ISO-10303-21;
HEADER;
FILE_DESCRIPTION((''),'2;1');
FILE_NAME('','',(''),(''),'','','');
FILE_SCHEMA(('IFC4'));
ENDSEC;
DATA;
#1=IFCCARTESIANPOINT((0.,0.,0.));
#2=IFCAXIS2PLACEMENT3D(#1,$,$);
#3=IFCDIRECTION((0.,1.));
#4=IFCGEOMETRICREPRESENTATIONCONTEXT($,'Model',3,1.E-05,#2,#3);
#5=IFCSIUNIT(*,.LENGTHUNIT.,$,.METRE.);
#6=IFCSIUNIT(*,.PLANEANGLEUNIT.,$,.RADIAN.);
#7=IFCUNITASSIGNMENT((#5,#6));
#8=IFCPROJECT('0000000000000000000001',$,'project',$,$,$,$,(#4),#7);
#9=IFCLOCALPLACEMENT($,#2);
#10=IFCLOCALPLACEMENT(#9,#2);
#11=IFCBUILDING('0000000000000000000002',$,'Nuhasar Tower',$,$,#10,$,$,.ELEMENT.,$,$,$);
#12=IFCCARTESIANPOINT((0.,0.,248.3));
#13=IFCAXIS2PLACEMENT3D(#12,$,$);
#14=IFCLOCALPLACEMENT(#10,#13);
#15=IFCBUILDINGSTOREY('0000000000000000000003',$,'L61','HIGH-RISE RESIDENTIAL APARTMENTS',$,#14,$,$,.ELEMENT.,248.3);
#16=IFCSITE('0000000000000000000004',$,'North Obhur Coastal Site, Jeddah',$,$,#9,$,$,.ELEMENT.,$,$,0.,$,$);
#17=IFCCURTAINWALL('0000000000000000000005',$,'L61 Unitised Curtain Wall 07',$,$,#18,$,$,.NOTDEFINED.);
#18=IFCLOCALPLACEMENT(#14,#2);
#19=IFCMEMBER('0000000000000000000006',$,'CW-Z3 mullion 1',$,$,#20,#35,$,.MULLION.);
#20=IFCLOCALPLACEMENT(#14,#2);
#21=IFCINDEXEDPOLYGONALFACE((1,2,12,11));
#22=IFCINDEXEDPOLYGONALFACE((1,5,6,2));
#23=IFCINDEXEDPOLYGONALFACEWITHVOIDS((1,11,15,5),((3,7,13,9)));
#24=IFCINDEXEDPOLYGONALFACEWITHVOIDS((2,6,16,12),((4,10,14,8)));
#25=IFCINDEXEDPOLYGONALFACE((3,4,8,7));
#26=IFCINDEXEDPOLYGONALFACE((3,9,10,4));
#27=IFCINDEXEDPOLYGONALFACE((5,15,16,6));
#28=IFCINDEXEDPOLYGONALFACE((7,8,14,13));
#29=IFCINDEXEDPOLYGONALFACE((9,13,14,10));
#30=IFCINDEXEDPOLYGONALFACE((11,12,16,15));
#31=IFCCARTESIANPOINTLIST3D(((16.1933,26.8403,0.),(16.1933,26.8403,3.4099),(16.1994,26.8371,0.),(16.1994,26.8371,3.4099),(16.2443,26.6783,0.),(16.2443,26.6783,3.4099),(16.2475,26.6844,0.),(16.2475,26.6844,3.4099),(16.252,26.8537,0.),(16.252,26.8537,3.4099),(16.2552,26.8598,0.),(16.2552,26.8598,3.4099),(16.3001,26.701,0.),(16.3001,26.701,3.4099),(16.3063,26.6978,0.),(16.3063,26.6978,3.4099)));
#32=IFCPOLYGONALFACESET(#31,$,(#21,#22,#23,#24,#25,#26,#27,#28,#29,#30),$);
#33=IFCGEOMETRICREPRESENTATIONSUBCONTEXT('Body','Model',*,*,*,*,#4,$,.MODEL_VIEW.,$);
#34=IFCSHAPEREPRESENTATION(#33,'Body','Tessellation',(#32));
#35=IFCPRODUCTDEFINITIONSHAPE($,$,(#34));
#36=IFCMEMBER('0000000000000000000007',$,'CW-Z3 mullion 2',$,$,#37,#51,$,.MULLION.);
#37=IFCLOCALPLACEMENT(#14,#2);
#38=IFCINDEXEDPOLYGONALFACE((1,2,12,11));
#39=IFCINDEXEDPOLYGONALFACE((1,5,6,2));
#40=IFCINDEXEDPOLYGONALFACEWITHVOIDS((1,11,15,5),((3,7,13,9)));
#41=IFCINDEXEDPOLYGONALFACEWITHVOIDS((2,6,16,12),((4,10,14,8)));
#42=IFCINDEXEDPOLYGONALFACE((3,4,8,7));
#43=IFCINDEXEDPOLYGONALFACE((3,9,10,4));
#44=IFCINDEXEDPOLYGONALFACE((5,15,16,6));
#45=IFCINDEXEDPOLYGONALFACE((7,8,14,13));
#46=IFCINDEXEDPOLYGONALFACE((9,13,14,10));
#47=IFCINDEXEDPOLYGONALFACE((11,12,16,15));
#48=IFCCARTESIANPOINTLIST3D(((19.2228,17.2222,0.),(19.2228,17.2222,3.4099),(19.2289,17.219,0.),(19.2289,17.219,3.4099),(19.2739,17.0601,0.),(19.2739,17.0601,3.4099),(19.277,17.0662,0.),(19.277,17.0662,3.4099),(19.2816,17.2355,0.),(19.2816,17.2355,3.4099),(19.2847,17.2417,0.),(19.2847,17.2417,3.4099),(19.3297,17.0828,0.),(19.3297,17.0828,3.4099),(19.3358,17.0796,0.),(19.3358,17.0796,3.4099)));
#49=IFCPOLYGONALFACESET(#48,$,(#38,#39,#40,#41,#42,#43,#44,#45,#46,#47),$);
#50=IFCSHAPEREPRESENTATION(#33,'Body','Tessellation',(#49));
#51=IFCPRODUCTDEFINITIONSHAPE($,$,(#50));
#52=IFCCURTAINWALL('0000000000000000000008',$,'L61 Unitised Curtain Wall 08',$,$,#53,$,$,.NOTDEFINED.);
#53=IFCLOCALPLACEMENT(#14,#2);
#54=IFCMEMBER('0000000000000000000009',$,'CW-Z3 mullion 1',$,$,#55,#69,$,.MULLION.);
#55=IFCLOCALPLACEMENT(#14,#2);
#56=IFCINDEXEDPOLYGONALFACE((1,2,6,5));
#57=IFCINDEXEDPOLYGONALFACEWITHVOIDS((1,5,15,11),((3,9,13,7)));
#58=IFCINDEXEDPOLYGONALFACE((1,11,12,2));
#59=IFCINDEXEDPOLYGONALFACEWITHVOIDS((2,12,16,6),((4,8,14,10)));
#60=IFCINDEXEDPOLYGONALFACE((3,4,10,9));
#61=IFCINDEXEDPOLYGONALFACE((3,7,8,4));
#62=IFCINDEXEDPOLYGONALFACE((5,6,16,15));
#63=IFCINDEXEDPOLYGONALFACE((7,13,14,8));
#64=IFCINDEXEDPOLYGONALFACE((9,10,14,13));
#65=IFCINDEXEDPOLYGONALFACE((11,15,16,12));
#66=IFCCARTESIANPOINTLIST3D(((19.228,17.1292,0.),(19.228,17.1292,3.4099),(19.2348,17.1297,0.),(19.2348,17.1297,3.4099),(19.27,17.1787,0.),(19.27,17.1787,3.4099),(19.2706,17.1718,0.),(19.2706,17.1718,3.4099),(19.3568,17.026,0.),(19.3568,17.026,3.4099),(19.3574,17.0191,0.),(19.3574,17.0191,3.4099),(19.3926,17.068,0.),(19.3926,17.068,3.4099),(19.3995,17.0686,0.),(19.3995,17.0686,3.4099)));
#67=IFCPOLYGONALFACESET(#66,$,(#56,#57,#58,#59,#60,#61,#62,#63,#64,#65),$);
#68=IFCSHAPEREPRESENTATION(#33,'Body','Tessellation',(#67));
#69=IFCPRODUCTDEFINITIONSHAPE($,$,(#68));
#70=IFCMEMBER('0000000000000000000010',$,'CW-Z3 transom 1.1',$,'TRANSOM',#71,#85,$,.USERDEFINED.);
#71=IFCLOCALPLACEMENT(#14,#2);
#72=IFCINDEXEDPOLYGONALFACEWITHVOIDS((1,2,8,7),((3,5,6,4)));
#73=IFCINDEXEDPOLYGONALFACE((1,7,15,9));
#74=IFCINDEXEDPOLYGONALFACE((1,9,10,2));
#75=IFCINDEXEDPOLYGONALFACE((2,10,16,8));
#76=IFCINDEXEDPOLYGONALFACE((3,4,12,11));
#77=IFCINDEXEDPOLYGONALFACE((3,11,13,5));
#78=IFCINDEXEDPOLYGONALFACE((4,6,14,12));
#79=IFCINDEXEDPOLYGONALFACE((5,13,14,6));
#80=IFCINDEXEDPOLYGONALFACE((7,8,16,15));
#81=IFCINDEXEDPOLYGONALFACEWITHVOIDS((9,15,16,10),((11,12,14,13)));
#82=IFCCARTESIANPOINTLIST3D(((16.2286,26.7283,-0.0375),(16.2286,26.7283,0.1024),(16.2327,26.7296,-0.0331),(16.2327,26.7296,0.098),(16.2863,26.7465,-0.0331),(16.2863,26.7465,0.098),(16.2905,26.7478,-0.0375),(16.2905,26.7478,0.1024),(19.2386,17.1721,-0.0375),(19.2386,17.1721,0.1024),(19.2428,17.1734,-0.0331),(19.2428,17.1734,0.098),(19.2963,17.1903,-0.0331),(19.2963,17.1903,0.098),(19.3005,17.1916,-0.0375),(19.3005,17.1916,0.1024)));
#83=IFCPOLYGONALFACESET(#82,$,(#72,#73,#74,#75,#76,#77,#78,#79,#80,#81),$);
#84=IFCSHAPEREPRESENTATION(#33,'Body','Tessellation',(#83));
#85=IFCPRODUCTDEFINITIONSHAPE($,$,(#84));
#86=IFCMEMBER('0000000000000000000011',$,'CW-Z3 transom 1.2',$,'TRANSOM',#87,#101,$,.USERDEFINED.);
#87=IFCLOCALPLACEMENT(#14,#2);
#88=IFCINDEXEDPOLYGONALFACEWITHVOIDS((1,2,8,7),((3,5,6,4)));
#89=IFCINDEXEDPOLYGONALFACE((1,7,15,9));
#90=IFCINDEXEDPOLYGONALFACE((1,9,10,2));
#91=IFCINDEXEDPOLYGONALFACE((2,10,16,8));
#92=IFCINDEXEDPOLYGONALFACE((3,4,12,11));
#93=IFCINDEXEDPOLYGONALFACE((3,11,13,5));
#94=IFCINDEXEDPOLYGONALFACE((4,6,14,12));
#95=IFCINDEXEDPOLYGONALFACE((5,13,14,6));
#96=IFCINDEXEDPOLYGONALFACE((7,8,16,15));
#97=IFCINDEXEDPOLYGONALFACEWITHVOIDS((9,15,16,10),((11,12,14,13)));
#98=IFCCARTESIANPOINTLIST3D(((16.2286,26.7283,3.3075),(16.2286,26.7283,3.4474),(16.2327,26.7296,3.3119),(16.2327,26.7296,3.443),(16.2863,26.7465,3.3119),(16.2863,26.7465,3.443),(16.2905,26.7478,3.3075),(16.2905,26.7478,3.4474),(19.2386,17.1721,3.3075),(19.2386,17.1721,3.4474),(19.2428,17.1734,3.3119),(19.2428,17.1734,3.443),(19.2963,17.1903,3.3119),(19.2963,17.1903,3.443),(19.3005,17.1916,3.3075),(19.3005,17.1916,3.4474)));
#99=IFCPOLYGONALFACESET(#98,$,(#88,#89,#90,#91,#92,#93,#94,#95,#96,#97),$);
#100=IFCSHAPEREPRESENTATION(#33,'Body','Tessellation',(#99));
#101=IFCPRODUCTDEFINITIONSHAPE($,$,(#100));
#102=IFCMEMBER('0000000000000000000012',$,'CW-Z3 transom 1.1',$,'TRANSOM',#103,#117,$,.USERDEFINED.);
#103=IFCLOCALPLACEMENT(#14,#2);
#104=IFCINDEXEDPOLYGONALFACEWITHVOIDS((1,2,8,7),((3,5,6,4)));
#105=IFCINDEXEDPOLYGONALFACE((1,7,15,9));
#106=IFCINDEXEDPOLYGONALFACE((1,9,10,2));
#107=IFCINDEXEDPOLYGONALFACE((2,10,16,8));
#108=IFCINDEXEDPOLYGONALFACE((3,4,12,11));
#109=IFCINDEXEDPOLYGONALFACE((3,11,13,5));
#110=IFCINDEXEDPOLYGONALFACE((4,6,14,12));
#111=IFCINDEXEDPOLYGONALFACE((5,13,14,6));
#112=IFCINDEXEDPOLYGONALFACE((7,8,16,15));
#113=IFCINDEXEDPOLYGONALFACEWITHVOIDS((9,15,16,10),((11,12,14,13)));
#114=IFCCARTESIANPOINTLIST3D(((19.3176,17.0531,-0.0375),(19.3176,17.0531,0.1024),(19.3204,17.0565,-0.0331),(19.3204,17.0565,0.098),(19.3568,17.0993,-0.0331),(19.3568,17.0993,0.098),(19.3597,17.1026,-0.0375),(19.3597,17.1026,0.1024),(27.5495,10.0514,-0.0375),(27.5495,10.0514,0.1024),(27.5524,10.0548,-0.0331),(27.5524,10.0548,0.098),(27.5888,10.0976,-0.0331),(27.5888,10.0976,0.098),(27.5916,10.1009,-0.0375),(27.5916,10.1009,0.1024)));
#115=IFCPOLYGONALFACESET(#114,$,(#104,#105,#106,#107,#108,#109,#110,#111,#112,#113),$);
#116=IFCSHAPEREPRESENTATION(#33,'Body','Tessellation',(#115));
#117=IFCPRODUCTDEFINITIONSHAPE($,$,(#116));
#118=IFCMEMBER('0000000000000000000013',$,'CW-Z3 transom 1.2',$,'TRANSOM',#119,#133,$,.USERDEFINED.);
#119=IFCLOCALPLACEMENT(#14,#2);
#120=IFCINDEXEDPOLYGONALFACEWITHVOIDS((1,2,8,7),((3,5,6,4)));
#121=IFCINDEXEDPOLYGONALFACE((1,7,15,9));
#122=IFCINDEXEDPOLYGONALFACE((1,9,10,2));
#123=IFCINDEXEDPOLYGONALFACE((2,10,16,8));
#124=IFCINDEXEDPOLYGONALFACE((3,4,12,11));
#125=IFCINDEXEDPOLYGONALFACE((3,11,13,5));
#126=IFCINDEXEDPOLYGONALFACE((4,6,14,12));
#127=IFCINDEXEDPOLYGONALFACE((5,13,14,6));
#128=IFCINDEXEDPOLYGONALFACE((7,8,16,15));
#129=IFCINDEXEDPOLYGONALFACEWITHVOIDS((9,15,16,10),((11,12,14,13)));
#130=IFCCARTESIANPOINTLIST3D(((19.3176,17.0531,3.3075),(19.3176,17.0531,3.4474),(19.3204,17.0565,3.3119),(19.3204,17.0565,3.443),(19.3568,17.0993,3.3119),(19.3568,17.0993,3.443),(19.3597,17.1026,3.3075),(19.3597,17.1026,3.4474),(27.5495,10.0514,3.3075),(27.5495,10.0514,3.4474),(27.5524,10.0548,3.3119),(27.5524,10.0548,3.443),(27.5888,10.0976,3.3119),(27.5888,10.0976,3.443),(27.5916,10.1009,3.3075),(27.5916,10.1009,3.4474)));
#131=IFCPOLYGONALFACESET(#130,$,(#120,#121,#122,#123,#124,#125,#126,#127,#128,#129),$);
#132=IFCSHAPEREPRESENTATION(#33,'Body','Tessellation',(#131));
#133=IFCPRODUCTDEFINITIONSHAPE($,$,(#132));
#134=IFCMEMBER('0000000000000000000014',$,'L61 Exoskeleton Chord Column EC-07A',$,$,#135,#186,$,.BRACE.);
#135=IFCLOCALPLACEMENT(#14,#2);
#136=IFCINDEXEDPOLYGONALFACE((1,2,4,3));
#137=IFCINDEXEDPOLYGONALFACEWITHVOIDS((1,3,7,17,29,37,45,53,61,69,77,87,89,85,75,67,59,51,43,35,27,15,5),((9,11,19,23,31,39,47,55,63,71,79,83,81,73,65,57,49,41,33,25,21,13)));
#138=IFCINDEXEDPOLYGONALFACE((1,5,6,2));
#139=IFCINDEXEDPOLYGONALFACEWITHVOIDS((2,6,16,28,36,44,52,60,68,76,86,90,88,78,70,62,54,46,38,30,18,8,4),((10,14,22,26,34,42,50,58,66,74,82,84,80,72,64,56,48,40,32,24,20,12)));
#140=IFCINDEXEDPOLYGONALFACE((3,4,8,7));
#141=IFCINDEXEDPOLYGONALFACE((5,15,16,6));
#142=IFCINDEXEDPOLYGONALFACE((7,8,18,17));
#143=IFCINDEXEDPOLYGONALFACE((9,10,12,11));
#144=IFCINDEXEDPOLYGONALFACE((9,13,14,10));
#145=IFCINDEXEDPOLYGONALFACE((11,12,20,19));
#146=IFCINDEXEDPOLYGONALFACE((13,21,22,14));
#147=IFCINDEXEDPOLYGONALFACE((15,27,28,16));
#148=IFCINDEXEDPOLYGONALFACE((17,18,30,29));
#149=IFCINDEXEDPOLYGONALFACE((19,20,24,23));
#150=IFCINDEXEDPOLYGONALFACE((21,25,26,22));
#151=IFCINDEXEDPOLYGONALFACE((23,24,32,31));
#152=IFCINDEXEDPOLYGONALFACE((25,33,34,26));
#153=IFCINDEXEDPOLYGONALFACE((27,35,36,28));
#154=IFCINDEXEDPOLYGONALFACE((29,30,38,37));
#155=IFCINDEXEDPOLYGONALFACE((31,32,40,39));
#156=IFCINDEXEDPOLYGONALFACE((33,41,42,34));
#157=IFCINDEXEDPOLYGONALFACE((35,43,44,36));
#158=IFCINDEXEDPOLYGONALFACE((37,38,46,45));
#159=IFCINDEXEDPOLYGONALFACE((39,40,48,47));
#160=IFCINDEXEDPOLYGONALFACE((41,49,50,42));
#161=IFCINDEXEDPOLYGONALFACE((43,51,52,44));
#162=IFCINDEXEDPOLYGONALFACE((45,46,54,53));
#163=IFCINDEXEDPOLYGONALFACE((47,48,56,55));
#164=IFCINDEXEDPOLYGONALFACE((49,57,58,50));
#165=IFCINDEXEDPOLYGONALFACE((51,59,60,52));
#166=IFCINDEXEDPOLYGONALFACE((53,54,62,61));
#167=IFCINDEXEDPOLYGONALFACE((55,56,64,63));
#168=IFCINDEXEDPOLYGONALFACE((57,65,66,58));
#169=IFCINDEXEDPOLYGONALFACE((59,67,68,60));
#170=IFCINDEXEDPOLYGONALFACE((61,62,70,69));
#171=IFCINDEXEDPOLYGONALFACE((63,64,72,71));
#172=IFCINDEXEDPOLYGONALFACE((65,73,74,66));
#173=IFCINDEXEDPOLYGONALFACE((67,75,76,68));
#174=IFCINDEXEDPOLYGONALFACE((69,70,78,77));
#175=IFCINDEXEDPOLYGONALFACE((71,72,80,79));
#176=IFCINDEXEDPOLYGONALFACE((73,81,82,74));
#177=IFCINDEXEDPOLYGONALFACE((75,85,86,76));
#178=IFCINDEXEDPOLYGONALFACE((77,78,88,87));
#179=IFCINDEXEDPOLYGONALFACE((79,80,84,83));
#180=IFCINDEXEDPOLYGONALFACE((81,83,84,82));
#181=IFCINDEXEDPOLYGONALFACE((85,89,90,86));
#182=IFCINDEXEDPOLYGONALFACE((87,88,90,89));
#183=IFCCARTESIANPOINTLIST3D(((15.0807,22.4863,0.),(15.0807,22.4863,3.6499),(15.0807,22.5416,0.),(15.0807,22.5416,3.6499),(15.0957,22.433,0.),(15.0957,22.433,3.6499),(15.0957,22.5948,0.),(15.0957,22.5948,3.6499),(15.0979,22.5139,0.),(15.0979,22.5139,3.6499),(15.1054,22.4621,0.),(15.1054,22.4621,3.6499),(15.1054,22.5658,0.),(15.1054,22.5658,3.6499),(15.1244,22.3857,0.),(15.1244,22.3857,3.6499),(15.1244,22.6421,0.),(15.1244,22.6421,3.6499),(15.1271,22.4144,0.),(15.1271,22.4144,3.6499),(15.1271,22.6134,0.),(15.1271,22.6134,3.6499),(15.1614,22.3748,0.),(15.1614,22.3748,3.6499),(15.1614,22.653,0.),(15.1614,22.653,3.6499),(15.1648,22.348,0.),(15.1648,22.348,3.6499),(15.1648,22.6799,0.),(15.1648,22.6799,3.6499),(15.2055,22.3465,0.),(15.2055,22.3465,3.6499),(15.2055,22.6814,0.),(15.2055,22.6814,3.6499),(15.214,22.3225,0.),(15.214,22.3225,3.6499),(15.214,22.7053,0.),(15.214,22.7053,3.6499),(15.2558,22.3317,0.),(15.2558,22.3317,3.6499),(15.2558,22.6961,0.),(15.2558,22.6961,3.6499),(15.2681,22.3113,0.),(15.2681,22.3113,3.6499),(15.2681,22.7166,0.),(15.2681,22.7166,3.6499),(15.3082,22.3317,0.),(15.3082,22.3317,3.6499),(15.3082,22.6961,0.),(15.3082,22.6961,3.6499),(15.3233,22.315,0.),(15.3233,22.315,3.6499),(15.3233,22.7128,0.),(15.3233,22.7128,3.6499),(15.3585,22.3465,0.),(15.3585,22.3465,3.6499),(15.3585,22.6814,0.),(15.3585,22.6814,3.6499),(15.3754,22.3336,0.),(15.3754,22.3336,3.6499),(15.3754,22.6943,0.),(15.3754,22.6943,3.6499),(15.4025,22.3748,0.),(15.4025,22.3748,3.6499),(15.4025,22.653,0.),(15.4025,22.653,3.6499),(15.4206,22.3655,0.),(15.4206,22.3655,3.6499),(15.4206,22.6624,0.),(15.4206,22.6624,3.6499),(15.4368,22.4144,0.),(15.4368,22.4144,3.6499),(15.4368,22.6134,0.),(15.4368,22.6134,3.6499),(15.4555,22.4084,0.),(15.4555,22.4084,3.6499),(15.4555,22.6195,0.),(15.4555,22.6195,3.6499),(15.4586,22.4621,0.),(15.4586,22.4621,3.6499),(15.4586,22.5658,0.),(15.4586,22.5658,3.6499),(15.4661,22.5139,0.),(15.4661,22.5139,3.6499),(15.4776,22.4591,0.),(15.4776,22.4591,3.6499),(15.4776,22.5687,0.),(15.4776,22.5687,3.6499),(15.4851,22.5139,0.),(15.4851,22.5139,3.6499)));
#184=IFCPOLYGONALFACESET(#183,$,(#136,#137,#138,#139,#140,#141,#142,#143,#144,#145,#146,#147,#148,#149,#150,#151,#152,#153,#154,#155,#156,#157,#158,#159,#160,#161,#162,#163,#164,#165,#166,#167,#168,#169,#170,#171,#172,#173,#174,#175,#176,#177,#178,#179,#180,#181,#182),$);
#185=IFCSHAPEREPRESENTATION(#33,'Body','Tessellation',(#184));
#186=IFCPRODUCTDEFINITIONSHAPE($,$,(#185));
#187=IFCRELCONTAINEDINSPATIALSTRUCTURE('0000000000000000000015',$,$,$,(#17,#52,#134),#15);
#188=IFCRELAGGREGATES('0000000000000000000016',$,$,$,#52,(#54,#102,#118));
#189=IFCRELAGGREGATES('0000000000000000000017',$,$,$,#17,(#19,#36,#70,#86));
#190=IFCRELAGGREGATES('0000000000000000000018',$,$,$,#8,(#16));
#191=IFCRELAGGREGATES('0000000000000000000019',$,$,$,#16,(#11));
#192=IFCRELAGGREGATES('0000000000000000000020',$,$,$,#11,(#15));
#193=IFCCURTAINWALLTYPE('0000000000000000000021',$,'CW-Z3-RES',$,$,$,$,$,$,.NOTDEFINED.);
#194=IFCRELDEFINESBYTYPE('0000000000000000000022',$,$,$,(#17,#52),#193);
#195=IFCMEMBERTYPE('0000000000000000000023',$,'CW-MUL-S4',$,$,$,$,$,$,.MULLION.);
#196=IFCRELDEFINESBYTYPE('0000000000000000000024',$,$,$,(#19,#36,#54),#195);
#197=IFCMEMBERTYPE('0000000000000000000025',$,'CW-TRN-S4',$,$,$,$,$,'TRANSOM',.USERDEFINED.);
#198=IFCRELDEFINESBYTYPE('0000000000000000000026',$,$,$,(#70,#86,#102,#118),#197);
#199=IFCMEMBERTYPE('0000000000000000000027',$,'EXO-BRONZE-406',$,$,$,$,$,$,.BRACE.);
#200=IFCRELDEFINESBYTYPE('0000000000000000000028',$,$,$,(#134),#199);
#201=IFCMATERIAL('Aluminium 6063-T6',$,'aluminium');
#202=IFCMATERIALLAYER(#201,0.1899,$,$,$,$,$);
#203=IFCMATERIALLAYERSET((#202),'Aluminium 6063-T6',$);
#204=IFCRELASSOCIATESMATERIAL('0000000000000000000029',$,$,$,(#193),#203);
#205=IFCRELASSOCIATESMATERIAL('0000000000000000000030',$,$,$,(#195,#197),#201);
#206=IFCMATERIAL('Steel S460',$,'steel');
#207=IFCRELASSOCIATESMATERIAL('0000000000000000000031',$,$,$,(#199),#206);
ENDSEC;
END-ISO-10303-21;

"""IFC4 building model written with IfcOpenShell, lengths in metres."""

from ifc_helpers import new_model, si_unit, direction, frame, origin, origin_2d, place, context, subcontext, project, spatial, hollow_rectangle, hollow_circle, extrude, material, layer, layer_set, material_profile, profile_set, type_object, element, aggregate, save


model = new_model("IFC4")

# Units and contexts
model_context = context("Model", 3, precision=1e-05, world=origin(), true_north=direction((0.0, 1.0)))
body_context = subcontext(model_context, "Body", "Model", "MODEL_VIEW")
ifc_project = project(units=[si_unit("LENGTHUNIT", "METRE"), si_unit("PLANEANGLEUNIT", "RADIAN")], contexts=[model_context])

# Site, building, storey
site_placement = place(None, origin())
site = spatial("IfcSite", under=ifc_project, at=site_placement, Name="North Obhur Coastal Site, Jeddah", CompositionType="ELEMENT", RefElevation=0.0)
building_placement = place(site_placement, origin())
building = spatial("IfcBuilding", under=site, at=building_placement, Name="Nuhasar Tower", CompositionType="ELEMENT")
storey_placement = place(building_placement, frame((0.0, 0.0, 248.3)))
storey = spatial("IfcBuildingStorey", under=building, at=storey_placement, Name="L61", Description="HIGH-RISE RESIDENTIAL APARTMENTS", CompositionType="ELEMENT", Elevation=248.3)

# Curtain wall, members
ifc_material_1 = material(Name="Aluminium 6063-T6", Category="aluminium")
ifc_layer_1 = layer(ifc_material_1, 0.1899)
ifc_layer_set_1 = layer_set([ifc_layer_1], Name="Aluminium 6063-T6")
curtain_wall_type = type_object("IfcCurtainWallType", Name="CW-Z3-RES", PredefinedType="NOTDEFINED", material=ifc_layer_set_1)
curtain_wall_1_placement = place(storey_placement, origin())
curtain_wall_1 = element("IfcCurtainWall", 1, at=curtain_wall_1_placement, inside=storey, type_object=curtain_wall_type, Name="L61 Unitised Curtain Wall 07", PredefinedType="NOTDEFINED")
ifc_material_profile_1 = material_profile(ifc_material_1, hollow_rectangle(XDim=0.0649, YDim=0.1699, WallThickness=0.0049, at=origin_2d()), Name="CWM-4")
ifc_profile_set_1 = profile_set([ifc_material_profile_1], Name="Aluminium 6063-T6")
member_type_1 = type_object("IfcMemberType", Name="CW-MUL-S4", PredefinedType="MULLION", material=ifc_profile_set_1)
member_1_placement = place(storey_placement, frame((16.2498, 26.769, 0.0), z_axis=(0.0, 0.0, 1.0), x_axis=(0.953804, 0.300429, 0.0)))
member_1 = element("IfcMember", 2, at=member_1_placement, type_object=member_type_1, Name="CW-Z3 mullion 1", PredefinedType="MULLION", context=body_context, shape_type="SweptSolid", body=[
    extrude(hollow_rectangle(XDim=0.0649, YDim=0.1699, WallThickness=0.0049, at=origin_2d()), origin(), (0.0, 0.0, 1.0), 3.4099),
])
member_2_placement = place(storey_placement, frame((19.2793, 17.1509, 0.0), z_axis=(0.0, 0.0, 1.0), x_axis=(0.953804, 0.300429, 0.0)))
member_2 = element("IfcMember", 3, at=member_2_placement, type_object=member_type_1, Name="CW-Z3 mullion 2", PredefinedType="MULLION", context=body_context, shape_type="SweptSolid", body=[
    extrude(hollow_rectangle(XDim=0.0649, YDim=0.1699, WallThickness=0.0049, at=origin_2d()), origin(), (0.0, 0.0, 1.0), 3.4099),
])

# Curtain wall, member
curtain_wall_2_placement = place(storey_placement, origin())
curtain_wall_2 = element("IfcCurtainWall", 4, at=curtain_wall_2_placement, inside=storey, type_object=curtain_wall_type, Name="L61 Unitised Curtain Wall 08", PredefinedType="NOTDEFINED")
member_3_placement = place(storey_placement, frame((19.3137, 17.0989, 0.0), z_axis=(0.0, 0.0, 1.0), x_axis=(0.647895, 0.761729, 0.0)))
member_3 = element("IfcMember", 5, at=member_3_placement, type_object=member_type_1, Name="CW-Z3 mullion 1", PredefinedType="MULLION", context=body_context, shape_type="SweptSolid", body=[
    extrude(hollow_rectangle(XDim=0.0649, YDim=0.1699, WallThickness=0.0049, at=origin_2d()), origin(), (0.0, 0.0, 1.0), 3.4099),
])

# Members
ifc_material_profile_2 = material_profile(ifc_material_1, hollow_rectangle(XDim=0.0649, YDim=0.1399, WallThickness=0.0044, at=origin_2d()), Name="CWT-4")
ifc_profile_set_2 = profile_set([ifc_material_profile_2], Name="Aluminium 6063-T6")
member_type_2 = type_object("IfcMemberType", Name="CW-TRN-S4", ElementType="TRANSOM", PredefinedType="USERDEFINED", material=ifc_profile_set_2)
member_4_placement = place(storey_placement, frame((16.2595, 26.738, 0.0325), z_axis=(0.30043, -0.953804, 0.0), x_axis=(0.953804, 0.30043, 0.0)))
member_4 = element("IfcMember", 6, at=member_4_placement, type_object=member_type_2, Name="CW-Z3 transom 1.1", ObjectType="TRANSOM", PredefinedType="USERDEFINED", context=body_context, shape_type="SweptSolid", body=[
    extrude(hollow_rectangle(XDim=0.0649, YDim=0.1399, WallThickness=0.0044, at=origin_2d()), origin(), (0.0, 0.0, 1.0), 10.019),
])
member_5_placement = place(storey_placement, frame((16.2595, 26.738, 3.3774), z_axis=(0.30043, -0.953804, 0.0), x_axis=(0.953804, 0.30043, 0.0)))
member_5 = element("IfcMember", 7, at=member_5_placement, type_object=member_type_2, Name="CW-Z3 transom 1.2", ObjectType="TRANSOM", PredefinedType="USERDEFINED", context=body_context, shape_type="SweptSolid", body=[
    extrude(hollow_rectangle(XDim=0.0649, YDim=0.1399, WallThickness=0.0044, at=origin_2d()), origin(), (0.0, 0.0, 1.0), 10.019),
])
member_6_placement = place(storey_placement, frame((19.3386, 17.0779, 0.0325), z_axis=(0.761731, -0.647894, 0.0), x_axis=(0.647894, 0.761731, 0.0)))
member_6 = element("IfcMember", 8, at=member_6_placement, type_object=member_type_2, Name="CW-Z3 transom 1.1", ObjectType="TRANSOM", PredefinedType="USERDEFINED", context=body_context, shape_type="SweptSolid", body=[
    extrude(hollow_rectangle(XDim=0.0649, YDim=0.1399, WallThickness=0.0044, at=origin_2d()), origin(), (0.0, 0.0, 1.0), 10.8069),
])
member_7_placement = place(storey_placement, frame((19.3386, 17.0779, 3.3774), z_axis=(0.761731, -0.647894, 0.0), x_axis=(0.647894, 0.761731, 0.0)))
member_7 = element("IfcMember", 9, at=member_7_placement, type_object=member_type_2, Name="CW-Z3 transom 1.2", ObjectType="TRANSOM", PredefinedType="USERDEFINED", context=body_context, shape_type="SweptSolid", body=[
    extrude(hollow_rectangle(XDim=0.0649, YDim=0.1399, WallThickness=0.0044, at=origin_2d()), origin(), (0.0, 0.0, 1.0), 10.8069),
])
aggregate(curtain_wall_2, [member_3, member_6, member_7])

# Member
ifc_material_2 = material(Name="Steel S460", Category="steel")
ifc_material_profile_3 = material_profile(ifc_material_2, hollow_circle(Radius=0.2031, WallThickness=0.019, at=origin_2d()), Name="HSS406.4X19.1")
ifc_profile_set_3 = profile_set([ifc_material_profile_3], Name="Steel S460")
member_type_3 = type_object("IfcMemberType", Name="EXO-BRONZE-406", PredefinedType="BRACE", material=ifc_profile_set_3)
for number, where, z_axis, x_axis, name in (
    (10, (15.282, 22.5139, 0.0), (0.0, 0.0, 1.0), (1.0, 0.0, 0.0), "L61 Exoskeleton Chord Column EC-07A"),
):
    element("IfcMember", number, at=place(storey_placement, frame(where, z_axis=z_axis, x_axis=x_axis)), inside=storey, type_object=member_type_3, Name=name, PredefinedType="BRACE", context=body_context, shape_type="SweptSolid", body=[
        extrude(hollow_circle(Radius=0.2031, WallThickness=0.019, at=origin_2d()), origin(), (0.0, 0.0, 1.0), 3.6499),
    ])

aggregate(curtain_wall_1, [member_1, member_2, member_4, member_5])

save(model, "model.ifc")
